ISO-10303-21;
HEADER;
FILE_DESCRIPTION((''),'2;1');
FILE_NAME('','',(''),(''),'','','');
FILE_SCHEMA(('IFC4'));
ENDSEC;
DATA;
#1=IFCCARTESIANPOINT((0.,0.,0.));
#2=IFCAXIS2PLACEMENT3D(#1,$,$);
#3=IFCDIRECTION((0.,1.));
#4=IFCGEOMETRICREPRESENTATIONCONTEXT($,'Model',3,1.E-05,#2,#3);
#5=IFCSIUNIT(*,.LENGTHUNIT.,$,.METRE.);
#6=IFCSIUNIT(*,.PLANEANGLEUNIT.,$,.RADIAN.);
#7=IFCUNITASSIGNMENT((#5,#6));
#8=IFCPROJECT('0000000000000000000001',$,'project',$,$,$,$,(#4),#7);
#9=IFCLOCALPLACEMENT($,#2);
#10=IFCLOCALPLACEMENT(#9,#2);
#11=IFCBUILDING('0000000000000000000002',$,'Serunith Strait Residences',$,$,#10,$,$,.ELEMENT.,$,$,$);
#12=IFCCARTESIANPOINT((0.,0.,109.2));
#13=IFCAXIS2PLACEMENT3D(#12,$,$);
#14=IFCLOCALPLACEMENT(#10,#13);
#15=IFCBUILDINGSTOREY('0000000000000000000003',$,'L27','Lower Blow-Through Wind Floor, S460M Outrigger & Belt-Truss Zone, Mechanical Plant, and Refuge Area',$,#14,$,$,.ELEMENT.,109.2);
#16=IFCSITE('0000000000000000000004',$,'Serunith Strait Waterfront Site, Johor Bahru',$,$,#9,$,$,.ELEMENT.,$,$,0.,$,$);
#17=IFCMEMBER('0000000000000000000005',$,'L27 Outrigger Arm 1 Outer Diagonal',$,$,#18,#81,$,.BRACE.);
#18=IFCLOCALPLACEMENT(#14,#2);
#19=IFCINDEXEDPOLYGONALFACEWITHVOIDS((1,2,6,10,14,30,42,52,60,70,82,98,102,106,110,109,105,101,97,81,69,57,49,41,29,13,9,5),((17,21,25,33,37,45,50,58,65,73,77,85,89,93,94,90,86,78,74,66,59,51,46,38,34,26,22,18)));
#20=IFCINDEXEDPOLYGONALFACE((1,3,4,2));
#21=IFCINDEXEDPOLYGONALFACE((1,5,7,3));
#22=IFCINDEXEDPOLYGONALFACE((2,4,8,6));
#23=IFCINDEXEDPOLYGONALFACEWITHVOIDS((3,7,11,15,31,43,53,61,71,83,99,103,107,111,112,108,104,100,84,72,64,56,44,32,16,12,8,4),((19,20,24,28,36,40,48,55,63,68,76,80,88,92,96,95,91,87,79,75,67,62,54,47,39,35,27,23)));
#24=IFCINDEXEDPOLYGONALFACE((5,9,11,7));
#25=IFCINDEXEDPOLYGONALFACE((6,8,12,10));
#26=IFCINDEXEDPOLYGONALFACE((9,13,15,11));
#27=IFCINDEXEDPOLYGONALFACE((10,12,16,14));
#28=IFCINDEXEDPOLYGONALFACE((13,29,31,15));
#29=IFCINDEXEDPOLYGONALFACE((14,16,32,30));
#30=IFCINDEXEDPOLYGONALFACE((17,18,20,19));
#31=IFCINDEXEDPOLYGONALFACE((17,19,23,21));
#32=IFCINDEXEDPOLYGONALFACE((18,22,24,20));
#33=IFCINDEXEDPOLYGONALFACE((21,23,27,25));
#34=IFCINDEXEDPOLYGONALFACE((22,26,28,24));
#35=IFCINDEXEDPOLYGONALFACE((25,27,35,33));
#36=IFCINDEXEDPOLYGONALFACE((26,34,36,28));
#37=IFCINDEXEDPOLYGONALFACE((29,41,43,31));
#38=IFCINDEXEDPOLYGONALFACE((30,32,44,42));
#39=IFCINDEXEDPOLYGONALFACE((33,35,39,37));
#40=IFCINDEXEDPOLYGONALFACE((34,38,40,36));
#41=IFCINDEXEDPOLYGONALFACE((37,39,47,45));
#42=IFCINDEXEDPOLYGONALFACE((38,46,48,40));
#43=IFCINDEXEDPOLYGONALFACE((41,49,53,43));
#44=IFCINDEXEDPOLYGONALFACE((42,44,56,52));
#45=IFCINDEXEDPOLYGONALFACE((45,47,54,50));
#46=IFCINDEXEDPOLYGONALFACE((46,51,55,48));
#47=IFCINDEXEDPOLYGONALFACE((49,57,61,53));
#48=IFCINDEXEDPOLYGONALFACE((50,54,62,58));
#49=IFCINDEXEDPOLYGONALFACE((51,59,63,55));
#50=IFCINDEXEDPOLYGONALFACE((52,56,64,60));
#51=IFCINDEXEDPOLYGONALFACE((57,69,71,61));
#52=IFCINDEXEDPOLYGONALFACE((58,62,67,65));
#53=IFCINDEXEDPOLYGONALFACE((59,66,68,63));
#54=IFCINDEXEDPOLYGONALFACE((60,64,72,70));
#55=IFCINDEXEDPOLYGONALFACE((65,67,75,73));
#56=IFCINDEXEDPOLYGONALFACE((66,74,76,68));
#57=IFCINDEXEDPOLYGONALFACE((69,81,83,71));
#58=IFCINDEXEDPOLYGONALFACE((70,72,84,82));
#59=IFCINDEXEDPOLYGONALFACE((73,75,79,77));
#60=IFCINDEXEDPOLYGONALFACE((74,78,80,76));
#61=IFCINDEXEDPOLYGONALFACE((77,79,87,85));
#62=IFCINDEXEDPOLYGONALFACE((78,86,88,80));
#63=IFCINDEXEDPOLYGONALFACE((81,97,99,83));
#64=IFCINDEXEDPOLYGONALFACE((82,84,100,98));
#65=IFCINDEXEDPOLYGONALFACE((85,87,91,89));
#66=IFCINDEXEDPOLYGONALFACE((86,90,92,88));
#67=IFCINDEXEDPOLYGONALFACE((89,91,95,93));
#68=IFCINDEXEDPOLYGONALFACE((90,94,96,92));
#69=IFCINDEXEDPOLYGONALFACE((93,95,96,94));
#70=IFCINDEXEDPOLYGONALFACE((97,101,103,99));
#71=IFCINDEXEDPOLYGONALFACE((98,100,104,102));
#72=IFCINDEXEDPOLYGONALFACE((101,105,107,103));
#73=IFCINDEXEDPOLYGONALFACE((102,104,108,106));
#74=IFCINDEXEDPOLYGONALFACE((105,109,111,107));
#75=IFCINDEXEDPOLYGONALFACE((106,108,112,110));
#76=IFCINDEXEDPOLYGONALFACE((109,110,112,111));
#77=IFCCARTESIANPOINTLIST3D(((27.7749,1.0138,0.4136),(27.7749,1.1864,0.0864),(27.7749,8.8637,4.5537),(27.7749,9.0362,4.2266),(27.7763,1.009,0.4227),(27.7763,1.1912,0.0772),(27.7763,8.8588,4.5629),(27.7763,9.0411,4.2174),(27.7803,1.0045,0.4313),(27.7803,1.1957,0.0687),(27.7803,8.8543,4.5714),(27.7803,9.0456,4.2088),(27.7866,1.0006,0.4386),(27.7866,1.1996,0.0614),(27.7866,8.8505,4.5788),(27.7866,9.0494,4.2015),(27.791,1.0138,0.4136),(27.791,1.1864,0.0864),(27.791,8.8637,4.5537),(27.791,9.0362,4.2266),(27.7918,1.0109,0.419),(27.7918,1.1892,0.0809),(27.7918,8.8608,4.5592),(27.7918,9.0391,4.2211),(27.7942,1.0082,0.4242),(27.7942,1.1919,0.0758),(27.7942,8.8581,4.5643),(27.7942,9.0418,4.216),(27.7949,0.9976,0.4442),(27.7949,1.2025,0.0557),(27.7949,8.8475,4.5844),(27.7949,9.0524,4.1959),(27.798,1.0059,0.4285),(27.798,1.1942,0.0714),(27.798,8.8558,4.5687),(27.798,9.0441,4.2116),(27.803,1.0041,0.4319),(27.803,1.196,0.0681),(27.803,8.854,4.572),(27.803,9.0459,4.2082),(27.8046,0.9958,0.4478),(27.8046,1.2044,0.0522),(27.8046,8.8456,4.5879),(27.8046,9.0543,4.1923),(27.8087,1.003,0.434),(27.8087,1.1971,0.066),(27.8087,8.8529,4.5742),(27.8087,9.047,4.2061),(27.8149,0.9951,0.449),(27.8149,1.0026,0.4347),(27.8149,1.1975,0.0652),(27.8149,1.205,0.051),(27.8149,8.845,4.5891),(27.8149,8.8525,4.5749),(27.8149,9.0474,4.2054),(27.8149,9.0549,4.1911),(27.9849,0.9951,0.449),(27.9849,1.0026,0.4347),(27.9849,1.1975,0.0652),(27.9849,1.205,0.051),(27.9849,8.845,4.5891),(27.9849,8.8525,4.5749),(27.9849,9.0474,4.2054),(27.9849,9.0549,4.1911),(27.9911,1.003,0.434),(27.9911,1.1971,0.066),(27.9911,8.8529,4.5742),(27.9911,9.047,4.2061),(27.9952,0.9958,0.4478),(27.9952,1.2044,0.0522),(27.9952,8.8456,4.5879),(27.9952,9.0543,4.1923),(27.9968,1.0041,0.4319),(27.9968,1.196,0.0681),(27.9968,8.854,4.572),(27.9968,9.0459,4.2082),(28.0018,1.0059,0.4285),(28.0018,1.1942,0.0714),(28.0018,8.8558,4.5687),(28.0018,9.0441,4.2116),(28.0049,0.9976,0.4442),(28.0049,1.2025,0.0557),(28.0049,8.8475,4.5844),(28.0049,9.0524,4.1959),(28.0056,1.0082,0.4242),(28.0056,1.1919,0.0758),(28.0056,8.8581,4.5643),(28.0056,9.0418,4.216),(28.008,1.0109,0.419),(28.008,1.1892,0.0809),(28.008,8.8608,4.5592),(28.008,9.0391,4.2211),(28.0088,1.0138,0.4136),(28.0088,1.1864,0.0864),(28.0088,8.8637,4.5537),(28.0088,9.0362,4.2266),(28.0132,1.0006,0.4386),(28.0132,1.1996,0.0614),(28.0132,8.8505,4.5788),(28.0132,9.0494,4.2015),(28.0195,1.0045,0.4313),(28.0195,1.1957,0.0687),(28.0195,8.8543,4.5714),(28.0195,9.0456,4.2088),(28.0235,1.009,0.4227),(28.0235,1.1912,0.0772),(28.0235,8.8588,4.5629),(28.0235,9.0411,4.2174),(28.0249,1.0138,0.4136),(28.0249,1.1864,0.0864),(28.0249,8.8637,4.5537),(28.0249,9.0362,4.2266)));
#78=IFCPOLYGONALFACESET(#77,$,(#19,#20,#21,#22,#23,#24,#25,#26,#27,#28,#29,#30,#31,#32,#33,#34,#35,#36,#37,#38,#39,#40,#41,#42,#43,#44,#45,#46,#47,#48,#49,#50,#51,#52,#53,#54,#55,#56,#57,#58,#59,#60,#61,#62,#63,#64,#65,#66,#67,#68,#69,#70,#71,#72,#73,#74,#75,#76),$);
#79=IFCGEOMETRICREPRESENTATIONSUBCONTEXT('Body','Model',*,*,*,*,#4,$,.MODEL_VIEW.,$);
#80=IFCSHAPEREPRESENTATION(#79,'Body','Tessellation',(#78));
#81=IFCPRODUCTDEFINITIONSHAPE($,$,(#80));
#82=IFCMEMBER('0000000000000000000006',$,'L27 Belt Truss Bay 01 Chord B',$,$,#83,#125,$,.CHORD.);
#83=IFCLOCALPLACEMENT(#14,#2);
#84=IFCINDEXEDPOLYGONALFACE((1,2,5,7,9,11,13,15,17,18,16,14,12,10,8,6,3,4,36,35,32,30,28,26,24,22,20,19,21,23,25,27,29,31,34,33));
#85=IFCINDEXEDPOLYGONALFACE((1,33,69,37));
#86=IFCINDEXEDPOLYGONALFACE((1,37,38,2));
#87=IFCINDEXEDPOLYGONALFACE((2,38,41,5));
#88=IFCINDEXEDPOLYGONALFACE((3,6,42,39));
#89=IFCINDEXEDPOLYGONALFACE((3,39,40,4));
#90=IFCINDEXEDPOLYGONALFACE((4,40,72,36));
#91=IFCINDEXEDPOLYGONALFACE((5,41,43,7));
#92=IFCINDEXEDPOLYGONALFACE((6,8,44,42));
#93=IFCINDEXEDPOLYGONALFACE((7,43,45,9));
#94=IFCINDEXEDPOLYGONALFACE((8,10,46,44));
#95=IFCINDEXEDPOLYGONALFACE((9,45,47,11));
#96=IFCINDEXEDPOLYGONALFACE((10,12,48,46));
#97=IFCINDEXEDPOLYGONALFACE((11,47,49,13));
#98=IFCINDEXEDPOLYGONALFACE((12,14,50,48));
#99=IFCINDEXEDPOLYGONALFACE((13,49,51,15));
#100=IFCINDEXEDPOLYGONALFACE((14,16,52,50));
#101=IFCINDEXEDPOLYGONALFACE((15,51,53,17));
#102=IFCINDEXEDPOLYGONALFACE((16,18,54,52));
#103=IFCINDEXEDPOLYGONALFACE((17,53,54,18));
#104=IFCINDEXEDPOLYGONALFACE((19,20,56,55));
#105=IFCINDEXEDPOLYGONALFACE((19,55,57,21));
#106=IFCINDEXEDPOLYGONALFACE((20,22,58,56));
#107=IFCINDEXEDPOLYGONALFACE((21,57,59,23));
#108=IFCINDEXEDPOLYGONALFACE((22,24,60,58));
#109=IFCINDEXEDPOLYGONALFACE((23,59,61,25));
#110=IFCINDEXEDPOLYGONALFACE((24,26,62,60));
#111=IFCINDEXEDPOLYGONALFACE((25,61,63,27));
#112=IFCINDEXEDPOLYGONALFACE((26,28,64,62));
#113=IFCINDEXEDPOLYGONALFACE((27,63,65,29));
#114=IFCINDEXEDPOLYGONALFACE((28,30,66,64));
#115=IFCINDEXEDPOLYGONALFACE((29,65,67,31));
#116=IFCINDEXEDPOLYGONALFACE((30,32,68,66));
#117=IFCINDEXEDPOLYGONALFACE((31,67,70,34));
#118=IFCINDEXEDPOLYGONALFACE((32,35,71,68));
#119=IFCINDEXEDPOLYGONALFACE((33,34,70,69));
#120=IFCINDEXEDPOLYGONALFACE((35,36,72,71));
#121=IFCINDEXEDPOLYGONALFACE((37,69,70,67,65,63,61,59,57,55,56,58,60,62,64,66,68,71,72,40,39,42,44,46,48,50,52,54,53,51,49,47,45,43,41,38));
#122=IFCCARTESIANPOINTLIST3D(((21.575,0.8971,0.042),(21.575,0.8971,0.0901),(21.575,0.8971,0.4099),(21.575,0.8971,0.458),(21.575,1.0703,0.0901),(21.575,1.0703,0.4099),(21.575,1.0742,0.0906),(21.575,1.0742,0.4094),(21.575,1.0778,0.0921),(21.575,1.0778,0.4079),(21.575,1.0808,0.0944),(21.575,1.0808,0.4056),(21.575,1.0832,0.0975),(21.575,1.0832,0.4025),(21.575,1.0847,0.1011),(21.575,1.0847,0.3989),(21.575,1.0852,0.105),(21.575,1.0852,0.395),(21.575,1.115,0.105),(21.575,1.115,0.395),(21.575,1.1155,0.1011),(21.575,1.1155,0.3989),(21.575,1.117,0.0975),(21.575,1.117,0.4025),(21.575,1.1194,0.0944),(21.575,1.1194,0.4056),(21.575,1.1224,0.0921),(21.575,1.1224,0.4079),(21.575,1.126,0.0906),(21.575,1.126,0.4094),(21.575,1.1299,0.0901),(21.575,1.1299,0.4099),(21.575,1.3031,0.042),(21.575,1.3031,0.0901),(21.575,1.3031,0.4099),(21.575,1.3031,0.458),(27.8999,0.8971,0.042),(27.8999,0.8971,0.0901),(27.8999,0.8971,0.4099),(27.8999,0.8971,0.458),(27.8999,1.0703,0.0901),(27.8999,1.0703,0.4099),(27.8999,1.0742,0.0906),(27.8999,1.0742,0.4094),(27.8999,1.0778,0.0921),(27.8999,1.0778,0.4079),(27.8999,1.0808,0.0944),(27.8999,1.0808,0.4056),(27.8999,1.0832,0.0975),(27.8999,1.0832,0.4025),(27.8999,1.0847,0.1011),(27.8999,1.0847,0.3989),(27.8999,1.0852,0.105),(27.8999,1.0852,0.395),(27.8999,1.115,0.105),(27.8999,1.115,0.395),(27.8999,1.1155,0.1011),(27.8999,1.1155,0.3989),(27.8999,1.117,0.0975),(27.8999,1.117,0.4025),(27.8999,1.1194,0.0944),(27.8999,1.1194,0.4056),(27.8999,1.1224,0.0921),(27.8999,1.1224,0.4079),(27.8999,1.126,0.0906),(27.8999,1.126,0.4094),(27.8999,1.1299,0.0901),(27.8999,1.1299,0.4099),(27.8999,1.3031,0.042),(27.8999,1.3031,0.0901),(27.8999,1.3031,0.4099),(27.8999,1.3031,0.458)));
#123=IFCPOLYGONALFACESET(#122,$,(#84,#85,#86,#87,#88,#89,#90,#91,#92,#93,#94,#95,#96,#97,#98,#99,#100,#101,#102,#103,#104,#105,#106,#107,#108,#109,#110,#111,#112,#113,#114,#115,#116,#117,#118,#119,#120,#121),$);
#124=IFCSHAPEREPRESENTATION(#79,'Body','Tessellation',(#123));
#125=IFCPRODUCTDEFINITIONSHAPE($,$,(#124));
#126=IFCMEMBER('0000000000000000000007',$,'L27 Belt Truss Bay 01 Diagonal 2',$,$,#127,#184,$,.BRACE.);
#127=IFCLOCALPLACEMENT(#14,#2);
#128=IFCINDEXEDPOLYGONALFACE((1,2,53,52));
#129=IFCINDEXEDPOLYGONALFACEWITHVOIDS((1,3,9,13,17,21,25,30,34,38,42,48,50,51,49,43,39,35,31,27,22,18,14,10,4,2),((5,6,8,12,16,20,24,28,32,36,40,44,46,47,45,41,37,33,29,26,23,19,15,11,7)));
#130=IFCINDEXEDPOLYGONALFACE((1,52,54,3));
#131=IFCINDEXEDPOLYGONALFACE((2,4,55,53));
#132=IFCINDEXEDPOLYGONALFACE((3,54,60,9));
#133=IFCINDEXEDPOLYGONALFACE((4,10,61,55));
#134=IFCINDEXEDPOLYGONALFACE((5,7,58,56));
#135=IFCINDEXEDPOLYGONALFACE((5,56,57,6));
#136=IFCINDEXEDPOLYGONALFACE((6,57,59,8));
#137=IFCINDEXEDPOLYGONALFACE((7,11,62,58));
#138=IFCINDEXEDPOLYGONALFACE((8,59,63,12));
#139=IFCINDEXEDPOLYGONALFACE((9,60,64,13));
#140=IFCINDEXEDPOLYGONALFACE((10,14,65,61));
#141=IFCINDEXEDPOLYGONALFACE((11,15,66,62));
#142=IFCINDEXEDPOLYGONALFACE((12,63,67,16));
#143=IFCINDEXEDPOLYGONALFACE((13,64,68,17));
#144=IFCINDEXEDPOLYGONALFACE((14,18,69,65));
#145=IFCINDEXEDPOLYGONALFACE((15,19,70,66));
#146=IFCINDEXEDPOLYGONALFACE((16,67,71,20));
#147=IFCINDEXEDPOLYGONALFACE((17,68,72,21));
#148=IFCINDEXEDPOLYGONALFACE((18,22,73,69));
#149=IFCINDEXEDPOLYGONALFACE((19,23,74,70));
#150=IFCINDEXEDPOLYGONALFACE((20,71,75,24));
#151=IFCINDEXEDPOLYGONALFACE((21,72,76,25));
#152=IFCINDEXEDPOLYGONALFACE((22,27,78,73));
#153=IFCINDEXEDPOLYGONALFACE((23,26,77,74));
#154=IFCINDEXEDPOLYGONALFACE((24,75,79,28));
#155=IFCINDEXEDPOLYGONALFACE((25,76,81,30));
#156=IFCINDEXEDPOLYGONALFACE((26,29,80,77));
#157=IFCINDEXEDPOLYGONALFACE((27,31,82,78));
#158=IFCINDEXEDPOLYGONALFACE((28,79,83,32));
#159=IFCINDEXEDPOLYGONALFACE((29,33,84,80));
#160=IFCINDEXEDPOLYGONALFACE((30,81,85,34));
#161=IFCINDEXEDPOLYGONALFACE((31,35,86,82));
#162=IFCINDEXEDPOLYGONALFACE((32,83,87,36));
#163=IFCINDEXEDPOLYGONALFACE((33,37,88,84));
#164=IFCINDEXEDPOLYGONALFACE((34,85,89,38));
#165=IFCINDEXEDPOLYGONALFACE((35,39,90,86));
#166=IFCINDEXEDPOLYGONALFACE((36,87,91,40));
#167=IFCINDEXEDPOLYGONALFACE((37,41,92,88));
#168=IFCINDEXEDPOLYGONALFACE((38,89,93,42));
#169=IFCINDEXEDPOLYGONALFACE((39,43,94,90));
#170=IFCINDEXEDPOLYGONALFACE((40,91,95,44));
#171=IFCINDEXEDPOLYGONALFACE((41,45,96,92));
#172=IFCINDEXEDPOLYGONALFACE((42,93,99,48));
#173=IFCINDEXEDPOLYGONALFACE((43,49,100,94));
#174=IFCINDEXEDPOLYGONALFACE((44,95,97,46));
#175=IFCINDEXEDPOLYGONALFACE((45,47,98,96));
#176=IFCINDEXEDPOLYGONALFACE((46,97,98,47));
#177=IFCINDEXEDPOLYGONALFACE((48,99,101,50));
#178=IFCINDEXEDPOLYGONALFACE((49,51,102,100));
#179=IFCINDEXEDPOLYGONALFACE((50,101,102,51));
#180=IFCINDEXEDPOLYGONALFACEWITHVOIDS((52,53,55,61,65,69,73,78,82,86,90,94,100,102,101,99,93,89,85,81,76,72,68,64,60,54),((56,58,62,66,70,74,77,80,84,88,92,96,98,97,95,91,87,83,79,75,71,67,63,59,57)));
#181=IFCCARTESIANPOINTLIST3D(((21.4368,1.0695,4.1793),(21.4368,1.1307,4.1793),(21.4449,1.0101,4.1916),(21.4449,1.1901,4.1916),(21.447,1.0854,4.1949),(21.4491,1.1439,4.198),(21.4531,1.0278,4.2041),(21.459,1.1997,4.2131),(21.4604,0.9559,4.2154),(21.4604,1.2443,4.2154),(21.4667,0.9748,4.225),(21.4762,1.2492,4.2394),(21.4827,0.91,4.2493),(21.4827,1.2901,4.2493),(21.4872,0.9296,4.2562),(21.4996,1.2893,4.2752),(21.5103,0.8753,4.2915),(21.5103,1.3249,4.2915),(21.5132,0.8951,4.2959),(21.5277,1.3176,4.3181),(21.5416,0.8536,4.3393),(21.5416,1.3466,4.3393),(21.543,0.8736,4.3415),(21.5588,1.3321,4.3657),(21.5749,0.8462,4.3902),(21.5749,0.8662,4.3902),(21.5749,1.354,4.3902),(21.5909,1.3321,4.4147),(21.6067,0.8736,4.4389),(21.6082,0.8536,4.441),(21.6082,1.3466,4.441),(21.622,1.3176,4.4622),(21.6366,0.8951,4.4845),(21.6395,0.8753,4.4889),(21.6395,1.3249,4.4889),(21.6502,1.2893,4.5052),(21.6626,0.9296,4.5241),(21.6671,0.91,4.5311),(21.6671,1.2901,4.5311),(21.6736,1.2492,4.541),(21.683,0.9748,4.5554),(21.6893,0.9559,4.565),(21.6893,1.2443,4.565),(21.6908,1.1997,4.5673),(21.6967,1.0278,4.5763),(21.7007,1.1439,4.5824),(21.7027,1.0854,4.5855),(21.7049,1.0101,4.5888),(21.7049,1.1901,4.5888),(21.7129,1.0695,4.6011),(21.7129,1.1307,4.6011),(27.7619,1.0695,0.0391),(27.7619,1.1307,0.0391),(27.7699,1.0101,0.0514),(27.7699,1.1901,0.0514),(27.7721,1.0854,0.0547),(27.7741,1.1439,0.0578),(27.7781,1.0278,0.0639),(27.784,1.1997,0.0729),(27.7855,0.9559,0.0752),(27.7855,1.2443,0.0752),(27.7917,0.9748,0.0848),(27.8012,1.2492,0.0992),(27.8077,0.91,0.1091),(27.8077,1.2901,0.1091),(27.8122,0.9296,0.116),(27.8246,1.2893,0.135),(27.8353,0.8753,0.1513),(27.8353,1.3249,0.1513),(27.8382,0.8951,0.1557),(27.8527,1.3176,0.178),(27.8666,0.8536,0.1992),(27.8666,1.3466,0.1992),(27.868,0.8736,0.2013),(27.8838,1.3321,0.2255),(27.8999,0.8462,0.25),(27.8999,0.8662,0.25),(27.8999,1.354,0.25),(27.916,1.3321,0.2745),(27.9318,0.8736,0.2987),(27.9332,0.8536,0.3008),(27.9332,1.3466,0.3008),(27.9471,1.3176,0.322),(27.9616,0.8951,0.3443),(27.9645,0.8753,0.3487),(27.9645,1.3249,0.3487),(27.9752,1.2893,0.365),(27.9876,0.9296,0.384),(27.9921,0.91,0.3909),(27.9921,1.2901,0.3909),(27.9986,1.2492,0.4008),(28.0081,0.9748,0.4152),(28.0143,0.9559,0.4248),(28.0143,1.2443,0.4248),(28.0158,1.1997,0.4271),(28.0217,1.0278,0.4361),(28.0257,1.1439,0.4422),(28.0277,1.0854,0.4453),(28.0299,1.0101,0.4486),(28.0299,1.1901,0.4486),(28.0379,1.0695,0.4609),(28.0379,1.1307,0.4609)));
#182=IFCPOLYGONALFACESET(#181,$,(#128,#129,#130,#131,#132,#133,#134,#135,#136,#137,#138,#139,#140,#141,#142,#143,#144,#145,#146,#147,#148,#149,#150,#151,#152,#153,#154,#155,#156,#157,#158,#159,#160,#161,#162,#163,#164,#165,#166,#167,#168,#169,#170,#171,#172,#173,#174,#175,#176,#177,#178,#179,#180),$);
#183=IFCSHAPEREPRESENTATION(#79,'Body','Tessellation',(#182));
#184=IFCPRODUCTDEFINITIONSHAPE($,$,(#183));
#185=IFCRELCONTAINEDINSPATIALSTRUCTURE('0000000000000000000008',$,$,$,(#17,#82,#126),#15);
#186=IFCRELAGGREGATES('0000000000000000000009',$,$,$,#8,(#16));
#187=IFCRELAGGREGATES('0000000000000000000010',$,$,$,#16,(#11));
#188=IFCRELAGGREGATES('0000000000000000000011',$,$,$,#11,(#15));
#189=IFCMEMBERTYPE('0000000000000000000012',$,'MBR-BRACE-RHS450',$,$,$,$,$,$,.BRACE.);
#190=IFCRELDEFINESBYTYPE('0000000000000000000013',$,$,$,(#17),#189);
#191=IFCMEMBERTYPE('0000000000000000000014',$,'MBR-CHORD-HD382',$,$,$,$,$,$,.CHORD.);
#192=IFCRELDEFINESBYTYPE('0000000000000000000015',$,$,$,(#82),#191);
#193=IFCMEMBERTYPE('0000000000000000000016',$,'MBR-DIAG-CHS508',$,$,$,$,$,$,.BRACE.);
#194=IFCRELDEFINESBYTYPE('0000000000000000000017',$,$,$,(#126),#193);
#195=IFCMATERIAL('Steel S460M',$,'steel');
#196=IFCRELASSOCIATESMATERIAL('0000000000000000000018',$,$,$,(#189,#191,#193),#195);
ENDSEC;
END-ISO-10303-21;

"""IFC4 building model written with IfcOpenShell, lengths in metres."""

from ifc_helpers import new_model, si_unit, direction, frame, origin, origin_2d, place, context, subcontext, project, spatial, hollow_rectangle, hollow_circle, i_section, extrude, source, transform, mapped, material, material_profile, profile_set, type_object, element, save


model = new_model("IFC4")

# Units and contexts
model_context = context("Model", 3, precision=1e-05, world=origin(), true_north=direction((0.0, 1.0)))
body_context = subcontext(model_context, "Body", "Model", "MODEL_VIEW")
ifc_project = project(units=[si_unit("LENGTHUNIT", "METRE"), si_unit("PLANEANGLEUNIT", "RADIAN")], contexts=[model_context])

# Site, building, storey
site_placement = place(None, origin())
site = spatial("IfcSite", under=ifc_project, at=site_placement, Name="Serunith Strait Waterfront Site, Johor Bahru", CompositionType="ELEMENT", RefElevation=0.0)
building_placement = place(site_placement, origin())
building = spatial("IfcBuilding", under=site, at=building_placement, Name="Serunith Strait Residences", CompositionType="ELEMENT")
storey_placement = place(building_placement, frame((0.0, 0.0, 109.2)))
storey = spatial("IfcBuildingStorey", under=building, at=storey_placement, Name="L27", Description="Lower Blow-Through Wind Floor, S460M Outrigger & Belt-Truss Zone, Mechanical Plant, and Refuge Area", CompositionType="ELEMENT", Elevation=109.2)

# Members
ifc_material_1 = material(Name="Steel S460M", Category="steel")
ifc_material_profile_1 = material_profile(ifc_material_1, hollow_rectangle(XDim=0.25, YDim=0.45, WallThickness=0.0161, InnerFilletRadius=0.0239, OuterFilletRadius=0.04, at=origin_2d()), Name="RHS 450x250x16")
ifc_profile_set_1 = profile_set([ifc_material_profile_1], Name="Steel S460M")
member_type_1 = type_object("IfcMemberType", Name="MBR-BRACE-RHS450", PredefinedType="BRACE", material=ifc_profile_set_1)
shared_shape_1 = source(origin(), body_context, "Body", "SweptSolid", [
    extrude(hollow_rectangle(XDim=0.25, YDim=0.45, WallThickness=0.0161, InnerFilletRadius=0.0239, OuterFilletRadius=0.04, at=origin_2d()), origin(), (0.0, 0.0, 1.0), 8.8748),
])
member_1_placement = place(storey_placement, frame((27.8999, 8.95, 4.3901), z_axis=(0.0, -0.884517, -0.466508), x_axis=(1.0, 0.0, 0.0)))
element("IfcMember", 1, at=member_1_placement, inside=storey, type_object=member_type_1, Name="L27 Outrigger Arm 1 Outer Diagonal", PredefinedType="BRACE", context=body_context, shape_type="MappedRepresentation", body=[
    mapped(shared_shape_1, transform((0.0, 0.0, 0.0), scale=1.0)),
])
ifc_material_profile_2 = material_profile(ifc_material_1, i_section(OverallWidth=0.406, OverallDepth=0.416, WebThickness=0.0298, FlangeThickness=0.0481, FilletRadius=0.0149, at=origin_2d()), Name="HD 400x382")
ifc_profile_set_2 = profile_set([ifc_material_profile_2], Name="Steel S460M")
member_type_2 = type_object("IfcMemberType", Name="MBR-CHORD-HD382", PredefinedType="CHORD", material=ifc_profile_set_2)
shared_shape_2 = source(origin(), body_context, "Body", "SweptSolid", [
    extrude(i_section(OverallWidth=0.406, OverallDepth=0.416, WebThickness=0.0298, FlangeThickness=0.0481, FilletRadius=0.0149, at=origin_2d()), origin(), (0.0, 0.0, 1.0), 6.325),
])
member_2_placement = place(storey_placement, frame((21.575, 1.1001, 0.25), z_axis=(1.0, 0.0, 0.0), x_axis=(0.0, 1.0, 0.0)))
element("IfcMember", 2, at=member_2_placement, inside=storey, type_object=member_type_2, Name="L27 Belt Truss Bay 01 Chord B", PredefinedType="CHORD", context=body_context, shape_type="MappedRepresentation", body=[
    mapped(shared_shape_2, transform((0.0, 0.0, 0.0), scale=1.0)),
])
ifc_material_profile_3 = material_profile(ifc_material_1, hollow_circle(Radius=0.2539, WallThickness=0.02, at=origin_2d()), Name="CHS 508x20")
ifc_profile_set_3 = profile_set([ifc_material_profile_3], Name="Steel S460M")
member_type_3 = type_object("IfcMemberType", Name="MBR-DIAG-CHS508", PredefinedType="BRACE", material=ifc_profile_set_3)
shared_shape_3 = source(origin(), body_context, "Body", "SweptSolid", [
    extrude(hollow_circle(Radius=0.2539, WallThickness=0.02, at=origin_2d()), origin(), (0.0, 0.0, 1.0), 7.5596),
])
member_3_placement = place(storey_placement, frame((27.8999, 1.1001, 0.25), z_axis=(-0.836691, 0.0, 0.547675), x_axis=(0.0, -1.0, 0.0)))
element("IfcMember", 3, at=member_3_placement, inside=storey, type_object=member_type_3, Name="L27 Belt Truss Bay 01 Diagonal 2", PredefinedType="BRACE", context=body_context, shape_type="MappedRepresentation", body=[
    mapped(shared_shape_3, transform((0.0, 0.0, 0.0), scale=1.0)),
])

save(model, "model.ifc")
